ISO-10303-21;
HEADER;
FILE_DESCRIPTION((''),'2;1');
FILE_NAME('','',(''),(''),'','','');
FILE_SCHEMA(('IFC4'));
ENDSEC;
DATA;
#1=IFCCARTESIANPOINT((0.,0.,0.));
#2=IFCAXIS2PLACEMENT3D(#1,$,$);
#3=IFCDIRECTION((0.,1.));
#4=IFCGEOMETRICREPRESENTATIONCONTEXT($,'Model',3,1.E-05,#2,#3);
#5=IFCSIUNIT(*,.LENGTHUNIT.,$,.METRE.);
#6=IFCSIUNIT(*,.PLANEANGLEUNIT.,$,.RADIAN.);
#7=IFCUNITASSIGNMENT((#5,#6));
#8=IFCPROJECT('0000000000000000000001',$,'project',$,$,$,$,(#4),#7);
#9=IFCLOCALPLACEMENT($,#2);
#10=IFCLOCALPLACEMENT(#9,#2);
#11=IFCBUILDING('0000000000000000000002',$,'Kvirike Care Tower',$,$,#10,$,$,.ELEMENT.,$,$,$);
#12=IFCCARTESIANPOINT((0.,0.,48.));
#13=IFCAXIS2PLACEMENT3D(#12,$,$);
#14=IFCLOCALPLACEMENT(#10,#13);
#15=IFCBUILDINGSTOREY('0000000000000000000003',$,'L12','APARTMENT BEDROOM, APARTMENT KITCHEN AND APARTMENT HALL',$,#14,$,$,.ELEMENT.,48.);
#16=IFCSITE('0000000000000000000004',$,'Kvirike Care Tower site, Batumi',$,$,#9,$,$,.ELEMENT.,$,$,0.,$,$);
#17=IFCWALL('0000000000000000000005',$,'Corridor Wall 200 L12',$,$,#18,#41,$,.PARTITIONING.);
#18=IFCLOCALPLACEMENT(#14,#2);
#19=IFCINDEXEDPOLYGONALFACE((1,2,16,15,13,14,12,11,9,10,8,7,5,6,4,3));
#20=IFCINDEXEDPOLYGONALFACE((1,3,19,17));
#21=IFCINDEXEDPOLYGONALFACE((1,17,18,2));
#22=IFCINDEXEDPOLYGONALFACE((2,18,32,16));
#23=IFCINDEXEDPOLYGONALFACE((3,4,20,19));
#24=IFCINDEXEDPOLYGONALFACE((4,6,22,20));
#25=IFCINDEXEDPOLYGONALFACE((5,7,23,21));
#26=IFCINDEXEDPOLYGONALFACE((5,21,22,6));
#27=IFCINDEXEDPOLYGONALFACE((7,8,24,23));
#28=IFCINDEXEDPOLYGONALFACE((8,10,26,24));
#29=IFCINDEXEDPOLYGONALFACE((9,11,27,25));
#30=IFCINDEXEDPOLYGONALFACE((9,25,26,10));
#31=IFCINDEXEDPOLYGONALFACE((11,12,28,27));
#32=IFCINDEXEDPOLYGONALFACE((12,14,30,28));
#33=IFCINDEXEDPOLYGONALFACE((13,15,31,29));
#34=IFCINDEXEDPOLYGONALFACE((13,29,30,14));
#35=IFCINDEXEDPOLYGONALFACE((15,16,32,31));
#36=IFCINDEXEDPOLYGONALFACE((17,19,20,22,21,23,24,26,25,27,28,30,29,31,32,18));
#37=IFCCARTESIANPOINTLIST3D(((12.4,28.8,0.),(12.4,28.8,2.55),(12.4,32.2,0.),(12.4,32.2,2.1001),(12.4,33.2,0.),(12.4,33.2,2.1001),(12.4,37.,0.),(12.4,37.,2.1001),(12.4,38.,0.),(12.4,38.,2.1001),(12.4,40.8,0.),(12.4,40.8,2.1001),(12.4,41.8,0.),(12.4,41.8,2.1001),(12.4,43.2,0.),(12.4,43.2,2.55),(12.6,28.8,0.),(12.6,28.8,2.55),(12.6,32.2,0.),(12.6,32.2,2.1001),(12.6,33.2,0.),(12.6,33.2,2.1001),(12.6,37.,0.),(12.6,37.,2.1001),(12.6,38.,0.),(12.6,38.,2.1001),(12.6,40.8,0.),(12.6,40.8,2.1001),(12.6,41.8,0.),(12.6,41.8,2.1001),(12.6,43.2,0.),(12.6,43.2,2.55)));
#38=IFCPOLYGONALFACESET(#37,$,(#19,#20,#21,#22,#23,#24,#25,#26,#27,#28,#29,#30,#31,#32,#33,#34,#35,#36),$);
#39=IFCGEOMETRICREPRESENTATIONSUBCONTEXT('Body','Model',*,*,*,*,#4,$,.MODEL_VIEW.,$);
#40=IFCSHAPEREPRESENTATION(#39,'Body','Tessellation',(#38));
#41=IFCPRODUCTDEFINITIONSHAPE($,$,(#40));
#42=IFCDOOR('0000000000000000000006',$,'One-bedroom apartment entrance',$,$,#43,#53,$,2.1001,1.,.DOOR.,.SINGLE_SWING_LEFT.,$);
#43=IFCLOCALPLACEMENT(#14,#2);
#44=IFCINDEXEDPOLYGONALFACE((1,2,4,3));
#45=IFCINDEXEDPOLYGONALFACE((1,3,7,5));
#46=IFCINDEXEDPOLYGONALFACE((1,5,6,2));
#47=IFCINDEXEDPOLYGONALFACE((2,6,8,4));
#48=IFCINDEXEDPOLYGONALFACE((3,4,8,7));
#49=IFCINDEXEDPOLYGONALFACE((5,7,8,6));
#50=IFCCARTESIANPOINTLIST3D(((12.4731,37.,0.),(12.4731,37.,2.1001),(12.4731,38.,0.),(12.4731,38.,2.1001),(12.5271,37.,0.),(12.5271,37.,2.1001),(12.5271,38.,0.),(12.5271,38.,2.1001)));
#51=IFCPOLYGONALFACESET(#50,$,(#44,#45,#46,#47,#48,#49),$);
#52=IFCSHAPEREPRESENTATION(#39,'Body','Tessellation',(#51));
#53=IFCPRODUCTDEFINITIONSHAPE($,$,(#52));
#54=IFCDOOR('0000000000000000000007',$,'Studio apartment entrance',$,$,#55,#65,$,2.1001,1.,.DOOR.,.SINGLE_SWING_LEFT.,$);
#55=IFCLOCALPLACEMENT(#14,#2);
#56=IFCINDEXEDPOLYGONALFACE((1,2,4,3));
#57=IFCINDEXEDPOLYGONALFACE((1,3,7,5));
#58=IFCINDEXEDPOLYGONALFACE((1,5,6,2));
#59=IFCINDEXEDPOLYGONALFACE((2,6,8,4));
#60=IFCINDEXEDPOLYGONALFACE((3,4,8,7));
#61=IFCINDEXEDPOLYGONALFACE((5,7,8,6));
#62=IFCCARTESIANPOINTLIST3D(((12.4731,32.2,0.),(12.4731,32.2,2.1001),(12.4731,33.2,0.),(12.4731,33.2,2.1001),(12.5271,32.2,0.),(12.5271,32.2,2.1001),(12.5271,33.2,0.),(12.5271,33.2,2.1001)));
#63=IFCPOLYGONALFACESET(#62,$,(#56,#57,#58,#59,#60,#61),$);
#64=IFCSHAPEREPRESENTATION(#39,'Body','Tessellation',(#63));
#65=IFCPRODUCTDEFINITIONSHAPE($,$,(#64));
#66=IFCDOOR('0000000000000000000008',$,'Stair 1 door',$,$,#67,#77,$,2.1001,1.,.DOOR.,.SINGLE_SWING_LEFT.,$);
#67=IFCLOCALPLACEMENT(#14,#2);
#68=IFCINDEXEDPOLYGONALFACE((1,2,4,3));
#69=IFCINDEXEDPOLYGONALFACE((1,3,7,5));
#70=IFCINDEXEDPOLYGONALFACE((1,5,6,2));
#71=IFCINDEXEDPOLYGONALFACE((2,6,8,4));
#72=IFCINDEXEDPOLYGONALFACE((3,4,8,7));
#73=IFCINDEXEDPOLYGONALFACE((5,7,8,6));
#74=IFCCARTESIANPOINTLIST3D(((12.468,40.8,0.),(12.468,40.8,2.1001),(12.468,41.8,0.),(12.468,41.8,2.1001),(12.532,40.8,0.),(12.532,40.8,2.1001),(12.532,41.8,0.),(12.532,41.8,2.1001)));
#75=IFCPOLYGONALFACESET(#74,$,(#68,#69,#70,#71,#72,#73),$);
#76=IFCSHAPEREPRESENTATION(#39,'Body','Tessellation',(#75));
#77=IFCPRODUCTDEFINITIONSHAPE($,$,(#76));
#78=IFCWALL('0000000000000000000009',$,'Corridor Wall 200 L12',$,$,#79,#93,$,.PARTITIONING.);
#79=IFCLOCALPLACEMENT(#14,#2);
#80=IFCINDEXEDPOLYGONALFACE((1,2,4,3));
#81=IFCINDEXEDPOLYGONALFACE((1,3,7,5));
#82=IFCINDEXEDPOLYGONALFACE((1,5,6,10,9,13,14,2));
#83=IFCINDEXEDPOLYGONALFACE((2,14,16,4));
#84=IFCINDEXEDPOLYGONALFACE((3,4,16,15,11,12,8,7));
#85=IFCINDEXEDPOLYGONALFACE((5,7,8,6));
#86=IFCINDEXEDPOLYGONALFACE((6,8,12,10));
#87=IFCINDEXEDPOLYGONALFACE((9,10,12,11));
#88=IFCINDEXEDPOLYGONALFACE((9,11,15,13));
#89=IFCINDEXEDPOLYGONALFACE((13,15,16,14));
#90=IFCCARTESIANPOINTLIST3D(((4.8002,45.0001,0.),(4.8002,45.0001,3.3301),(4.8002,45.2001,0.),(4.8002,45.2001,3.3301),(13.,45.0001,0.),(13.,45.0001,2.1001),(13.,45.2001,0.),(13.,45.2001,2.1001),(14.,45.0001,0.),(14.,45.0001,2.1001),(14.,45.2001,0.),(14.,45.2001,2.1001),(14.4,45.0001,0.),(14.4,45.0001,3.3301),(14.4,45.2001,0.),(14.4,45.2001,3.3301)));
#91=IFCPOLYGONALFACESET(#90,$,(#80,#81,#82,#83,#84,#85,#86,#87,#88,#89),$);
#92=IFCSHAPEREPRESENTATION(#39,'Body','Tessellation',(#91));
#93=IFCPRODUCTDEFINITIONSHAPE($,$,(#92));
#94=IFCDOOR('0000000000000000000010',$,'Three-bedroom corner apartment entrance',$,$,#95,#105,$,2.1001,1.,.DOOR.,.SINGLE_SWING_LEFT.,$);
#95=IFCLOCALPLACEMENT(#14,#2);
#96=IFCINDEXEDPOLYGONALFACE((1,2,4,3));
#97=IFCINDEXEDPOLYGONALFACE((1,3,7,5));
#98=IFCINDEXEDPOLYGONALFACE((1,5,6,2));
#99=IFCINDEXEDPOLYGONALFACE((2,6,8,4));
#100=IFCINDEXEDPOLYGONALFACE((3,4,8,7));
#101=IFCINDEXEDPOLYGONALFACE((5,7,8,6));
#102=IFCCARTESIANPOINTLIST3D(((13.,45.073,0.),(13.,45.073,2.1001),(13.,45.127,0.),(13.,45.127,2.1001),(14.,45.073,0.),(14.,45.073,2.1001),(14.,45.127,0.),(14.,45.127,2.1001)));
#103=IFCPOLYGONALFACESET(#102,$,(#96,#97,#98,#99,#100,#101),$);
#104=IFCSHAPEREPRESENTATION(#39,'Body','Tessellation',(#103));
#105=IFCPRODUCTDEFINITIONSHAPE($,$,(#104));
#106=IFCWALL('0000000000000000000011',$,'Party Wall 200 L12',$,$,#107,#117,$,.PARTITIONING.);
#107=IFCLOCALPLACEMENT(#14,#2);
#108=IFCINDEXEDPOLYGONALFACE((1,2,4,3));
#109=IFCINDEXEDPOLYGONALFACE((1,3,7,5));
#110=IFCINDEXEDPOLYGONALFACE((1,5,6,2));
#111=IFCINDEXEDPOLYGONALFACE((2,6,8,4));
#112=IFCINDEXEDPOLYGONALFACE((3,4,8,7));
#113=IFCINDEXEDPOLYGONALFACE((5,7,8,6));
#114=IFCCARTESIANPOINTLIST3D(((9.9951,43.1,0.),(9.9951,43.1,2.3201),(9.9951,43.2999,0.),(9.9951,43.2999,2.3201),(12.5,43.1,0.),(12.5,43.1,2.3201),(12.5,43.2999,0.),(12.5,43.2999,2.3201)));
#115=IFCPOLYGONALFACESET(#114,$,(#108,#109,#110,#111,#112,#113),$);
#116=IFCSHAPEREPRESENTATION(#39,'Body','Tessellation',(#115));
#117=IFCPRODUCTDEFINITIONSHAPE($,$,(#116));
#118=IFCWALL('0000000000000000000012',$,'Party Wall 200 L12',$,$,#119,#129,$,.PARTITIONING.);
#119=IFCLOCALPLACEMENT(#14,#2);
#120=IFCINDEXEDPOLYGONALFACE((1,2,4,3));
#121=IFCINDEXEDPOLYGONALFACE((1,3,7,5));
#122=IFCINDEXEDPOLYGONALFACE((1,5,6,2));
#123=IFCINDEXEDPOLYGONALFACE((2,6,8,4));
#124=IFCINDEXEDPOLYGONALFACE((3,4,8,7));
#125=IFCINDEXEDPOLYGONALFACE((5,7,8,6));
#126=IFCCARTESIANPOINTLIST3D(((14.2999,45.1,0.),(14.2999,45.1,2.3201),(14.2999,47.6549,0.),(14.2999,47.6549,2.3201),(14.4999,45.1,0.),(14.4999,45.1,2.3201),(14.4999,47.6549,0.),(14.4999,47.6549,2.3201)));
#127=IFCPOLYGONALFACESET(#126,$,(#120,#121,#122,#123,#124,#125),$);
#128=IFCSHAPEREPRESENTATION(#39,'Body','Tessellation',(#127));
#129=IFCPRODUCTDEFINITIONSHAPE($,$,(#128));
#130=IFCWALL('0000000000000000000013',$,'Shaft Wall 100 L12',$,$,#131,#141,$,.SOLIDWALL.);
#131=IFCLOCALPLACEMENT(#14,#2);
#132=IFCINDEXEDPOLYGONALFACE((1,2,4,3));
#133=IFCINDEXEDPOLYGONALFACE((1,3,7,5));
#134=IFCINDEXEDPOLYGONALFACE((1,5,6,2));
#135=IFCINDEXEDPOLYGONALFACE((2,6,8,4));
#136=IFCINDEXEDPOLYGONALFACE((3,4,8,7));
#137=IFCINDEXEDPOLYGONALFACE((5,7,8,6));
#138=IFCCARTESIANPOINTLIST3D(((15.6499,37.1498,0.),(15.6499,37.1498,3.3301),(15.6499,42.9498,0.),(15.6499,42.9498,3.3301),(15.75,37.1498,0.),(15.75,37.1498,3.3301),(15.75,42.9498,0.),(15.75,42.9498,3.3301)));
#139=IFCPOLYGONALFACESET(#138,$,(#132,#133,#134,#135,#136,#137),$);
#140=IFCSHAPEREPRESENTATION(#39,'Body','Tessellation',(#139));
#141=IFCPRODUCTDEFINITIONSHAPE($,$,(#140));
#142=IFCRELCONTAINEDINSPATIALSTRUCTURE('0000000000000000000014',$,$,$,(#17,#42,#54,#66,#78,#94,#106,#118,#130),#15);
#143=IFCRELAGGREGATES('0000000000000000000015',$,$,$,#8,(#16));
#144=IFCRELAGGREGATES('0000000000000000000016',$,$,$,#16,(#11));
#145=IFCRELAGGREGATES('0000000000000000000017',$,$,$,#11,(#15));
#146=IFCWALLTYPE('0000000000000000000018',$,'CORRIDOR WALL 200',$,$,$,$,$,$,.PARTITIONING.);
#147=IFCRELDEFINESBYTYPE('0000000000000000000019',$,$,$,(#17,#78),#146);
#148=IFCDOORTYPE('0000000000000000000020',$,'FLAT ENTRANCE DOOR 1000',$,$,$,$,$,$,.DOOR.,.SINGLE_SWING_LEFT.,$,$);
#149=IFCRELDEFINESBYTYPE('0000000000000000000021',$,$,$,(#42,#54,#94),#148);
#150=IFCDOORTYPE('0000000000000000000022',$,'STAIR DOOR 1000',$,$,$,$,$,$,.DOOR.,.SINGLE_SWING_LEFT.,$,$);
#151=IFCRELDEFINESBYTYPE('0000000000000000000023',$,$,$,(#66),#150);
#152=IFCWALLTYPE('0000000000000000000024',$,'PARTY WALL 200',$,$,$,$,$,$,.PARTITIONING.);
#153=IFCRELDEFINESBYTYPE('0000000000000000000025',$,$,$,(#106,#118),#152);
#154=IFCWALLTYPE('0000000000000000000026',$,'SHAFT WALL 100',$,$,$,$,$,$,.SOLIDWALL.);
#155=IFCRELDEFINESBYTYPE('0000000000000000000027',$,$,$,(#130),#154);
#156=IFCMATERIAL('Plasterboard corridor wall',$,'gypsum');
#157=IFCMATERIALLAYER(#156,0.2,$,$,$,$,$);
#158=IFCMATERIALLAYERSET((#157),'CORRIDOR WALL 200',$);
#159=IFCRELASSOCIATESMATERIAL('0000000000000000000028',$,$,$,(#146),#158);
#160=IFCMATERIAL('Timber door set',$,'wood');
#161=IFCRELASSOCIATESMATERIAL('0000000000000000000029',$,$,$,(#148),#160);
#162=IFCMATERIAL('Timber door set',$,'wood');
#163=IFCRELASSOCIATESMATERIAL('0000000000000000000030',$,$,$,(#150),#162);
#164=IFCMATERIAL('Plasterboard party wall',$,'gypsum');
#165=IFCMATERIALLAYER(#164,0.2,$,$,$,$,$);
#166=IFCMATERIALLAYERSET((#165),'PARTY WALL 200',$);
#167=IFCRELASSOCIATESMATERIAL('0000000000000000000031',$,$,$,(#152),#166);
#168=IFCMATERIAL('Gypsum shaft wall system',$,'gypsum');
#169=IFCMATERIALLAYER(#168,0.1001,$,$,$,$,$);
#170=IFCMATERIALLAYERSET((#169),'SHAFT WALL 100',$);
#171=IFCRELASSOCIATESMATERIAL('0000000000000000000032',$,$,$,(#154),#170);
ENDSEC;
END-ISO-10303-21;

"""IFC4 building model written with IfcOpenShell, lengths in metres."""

from ifc_helpers import new_model, si_unit, direction, frame, frame_2d, origin, place, context, subcontext, project, spatial, rectangle, extrude, material, layer, layer_set, type_object, element, fill, save


model = new_model("IFC4")

# Units and contexts
model_context = context("Model", 3, precision=1e-05, world=origin(), true_north=direction((0.0, 1.0)))
body_context = subcontext(model_context, "Body", "Model", "MODEL_VIEW")
ifc_project = project(units=[si_unit("LENGTHUNIT", "METRE"), si_unit("PLANEANGLEUNIT", "RADIAN")], contexts=[model_context])

# Site, building, storey
site_placement = place(None, origin())
site = spatial("IfcSite", under=ifc_project, at=site_placement, Name="Kvirike Care Tower site, Batumi", CompositionType="ELEMENT", RefElevation=0.0)
building_placement = place(site_placement, origin())
building = spatial("IfcBuilding", under=site, at=building_placement, Name="Kvirike Care Tower", CompositionType="ELEMENT")
storey_placement = place(building_placement, frame((0.0, 0.0, 48.0)))
storey = spatial("IfcBuildingStorey", under=building, at=storey_placement, Name="L12", Description="APARTMENT BEDROOM, APARTMENT KITCHEN AND APARTMENT HALL", CompositionType="ELEMENT", Elevation=48.0)

# Wall, openings, doors
ifc_material_1 = material(Name="Plasterboard corridor wall", Category="gypsum")
ifc_layer_1 = layer(ifc_material_1, 0.2)
ifc_layer_set_1 = layer_set([ifc_layer_1], Name="CORRIDOR WALL 200")
wall_type_1 = type_object("IfcWallType", Name="CORRIDOR WALL 200", PredefinedType="PARTITIONING", material=ifc_layer_set_1)
wall_1_placement = place(storey_placement, frame((12.5, 43.2, 0.0), z_axis=(0.0, 0.0, 1.0), x_axis=(0.0, -1.0, 0.0)))
wall_1 = element("IfcWall", 1, at=wall_1_placement, inside=storey, type_object=wall_type_1, Name="Corridor Wall 200 L12", PredefinedType="PARTITIONING", context=body_context, shape_type="SweptSolid", body=[
    extrude(rectangle(XDim=14.3999, YDim=0.2, at=frame_2d((7.2, 0.0))), origin(), (0.0, 0.0, 1.0), 2.55),
])
opening_1_placement = place(wall_1_placement, frame((1.3999, 0.0, 0.0)))
opening_1 = element("IfcOpeningElement", 2, at=opening_1_placement, cuts=wall_1, PredefinedType="OPENING", context=body_context, shape_type="SweptSolid", body=[
    extrude(rectangle(XDim=1.0, YDim=2.1001, at=frame_2d((0.5, 1.05))), frame((0.0, 0.1106, 0.0), z_axis=(0.0, -1.0, 0.0), x_axis=(1.0, 0.0, 0.0)), (0.0, 0.0, 1.0), 0.2209),
])
opening_2_placement = place(wall_1_placement, frame((5.2, 0.0, 0.0)))
opening_2 = element("IfcOpeningElement", 3, at=opening_2_placement, cuts=wall_1, PredefinedType="OPENING", context=body_context, shape_type="SweptSolid", body=[
    extrude(rectangle(XDim=1.0, YDim=2.1001, at=frame_2d((0.5, 1.05))), frame((0.0, 0.1106, 0.0), z_axis=(0.0, -1.0, 0.0), x_axis=(1.0, 0.0, 0.0)), (0.0, 0.0, 1.0), 0.2209),
])
opening_3_placement = place(wall_1_placement, frame((10.0, 0.0, 0.0)))
opening_3 = element("IfcOpeningElement", 4, at=opening_3_placement, cuts=wall_1, PredefinedType="OPENING", context=body_context, shape_type="SweptSolid", body=[
    extrude(rectangle(XDim=1.0, YDim=2.1001, at=frame_2d((0.5, 1.05))), frame((0.0, 0.1106, 0.0), z_axis=(0.0, -1.0, 0.0), x_axis=(1.0, 0.0, 0.0)), (0.0, 0.0, 1.0), 0.2209),
])
ifc_material_2 = material(Name="Timber door set", Category="wood")
door_type_1 = type_object("IfcDoorType", Name="FLAT ENTRANCE DOOR 1000", OperationType="SINGLE_SWING_LEFT", PredefinedType="DOOR", material=ifc_material_2)
door_1_placement = place(opening_2_placement, frame((1.0, 0.0, 0.0), z_axis=(0.0, 0.0, 1.0), x_axis=(-1.0, 0.0, 0.0)))
door_1 = element("IfcDoor", 5, at=door_1_placement, inside=storey, type_object=door_type_1, Name="One-bedroom apartment entrance", OperationType="SINGLE_SWING_LEFT", OverallHeight=2.1001, OverallWidth=1.0, PredefinedType="DOOR", context=body_context, shape_type="SweptSolid", body=[
    extrude(rectangle(XDim=1.0, YDim=2.1001, at=frame_2d((0.5, 1.05))), frame((0.0, 0.0269, 0.0), z_axis=(0.0, -1.0, 0.0), x_axis=(1.0, 0.0, 0.0)), (0.0, 0.0, 1.0), 0.054),
])
fill(opening_2, door_1)
door_2_placement = place(opening_3_placement, frame((1.0, 0.0, 0.0), z_axis=(0.0, 0.0, 1.0), x_axis=(-1.0, 0.0, 0.0)))
door_2 = element("IfcDoor", 6, at=door_2_placement, inside=storey, type_object=door_type_1, Name="Studio apartment entrance", OperationType="SINGLE_SWING_LEFT", OverallHeight=2.1001, OverallWidth=1.0, PredefinedType="DOOR", context=body_context, shape_type="SweptSolid", body=[
    extrude(rectangle(XDim=1.0, YDim=2.1001, at=frame_2d((0.5, 1.05))), frame((0.0, 0.0269, 0.0), z_axis=(0.0, -1.0, 0.0), x_axis=(1.0, 0.0, 0.0)), (0.0, 0.0, 1.0), 0.054),
])
fill(opening_3, door_2)
ifc_material_3 = material(Name="Timber door set", Category="wood")
door_type_2 = type_object("IfcDoorType", Name="STAIR DOOR 1000", OperationType="SINGLE_SWING_LEFT", PredefinedType="DOOR", material=ifc_material_3)
door_3_placement = place(opening_1_placement, frame((1.0, 0.0, 0.0), z_axis=(0.0, 0.0, 1.0), x_axis=(-1.0, 0.0, 0.0)))
door_3 = element("IfcDoor", 7, at=door_3_placement, inside=storey, type_object=door_type_2, Name="Stair 1 door", OperationType="SINGLE_SWING_LEFT", OverallHeight=2.1001, OverallWidth=1.0, PredefinedType="DOOR", context=body_context, shape_type="SweptSolid", body=[
    extrude(rectangle(XDim=1.0, YDim=2.1001, at=frame_2d((0.5, 1.05))), frame((0.0, 0.032, 0.0), z_axis=(0.0, -1.0, 0.0), x_axis=(1.0, 0.0, 0.0)), (0.0, 0.0, 1.0), 0.064),
])
fill(opening_1, door_3)

# Wall, opening, door
wall_2_placement = place(storey_placement, frame((14.3999, 45.1001, 0.0), z_axis=(0.0, 0.0, 1.0), x_axis=(-1.0, 0.0, 0.0)))
wall_2 = element("IfcWall", 8, at=wall_2_placement, inside=storey, type_object=wall_type_1, Name="Corridor Wall 200 L12", PredefinedType="PARTITIONING", context=body_context, shape_type="SweptSolid", body=[
    extrude(rectangle(XDim=9.5999, YDim=0.2, at=frame_2d((4.7998, 0.0))), origin(), (0.0, 0.0, 1.0), 3.3301),
])
opening_4_placement = place(wall_2_placement, frame((0.3999, 0.0, 0.0)))
opening_4 = element("IfcOpeningElement", 9, at=opening_4_placement, cuts=wall_2, PredefinedType="OPENING", context=body_context, shape_type="SweptSolid", body=[
    extrude(rectangle(XDim=1.0, YDim=2.1001, at=frame_2d((0.5, 1.05))), frame((0.0, 0.1106, 0.0), z_axis=(0.0, -1.0, 0.0), x_axis=(1.0, 0.0, 0.0)), (0.0, 0.0, 1.0), 0.2209),
])
door_4_placement = place(opening_4_placement, frame((1.0, 0.0, 0.0), z_axis=(0.0, 0.0, 1.0), x_axis=(-1.0, 0.0, 0.0)))
door_4 = element("IfcDoor", 10, at=door_4_placement, inside=storey, type_object=door_type_1, Name="Three-bedroom corner apartment entrance", OperationType="SINGLE_SWING_LEFT", OverallHeight=2.1001, OverallWidth=1.0, PredefinedType="DOOR", context=body_context, shape_type="SweptSolid", body=[
    extrude(rectangle(XDim=1.0, YDim=2.1001, at=frame_2d((0.5, 1.05))), frame((0.0, 0.0269, 0.0), z_axis=(0.0, -1.0, 0.0), x_axis=(1.0, 0.0, 0.0)), (0.0, 0.0, 1.0), 0.054),
])
fill(opening_4, door_4)

# Walls
ifc_material_4 = material(Name="Plasterboard party wall", Category="gypsum")
ifc_layer_2 = layer(ifc_material_4, 0.2)
ifc_layer_set_2 = layer_set([ifc_layer_2], Name="PARTY WALL 200")
wall_type_2 = type_object("IfcWallType", Name="PARTY WALL 200", PredefinedType="PARTITIONING", material=ifc_layer_set_2)
wall_3_placement = place(storey_placement, frame((12.5, 43.2, 0.0), z_axis=(0.0, 0.0, 1.0), x_axis=(-1.0, 0.0, 0.0)))
element("IfcWall", 11, at=wall_3_placement, inside=storey, type_object=wall_type_2, Name="Party Wall 200 L12", PredefinedType="PARTITIONING", context=body_context, shape_type="SweptSolid", body=[
    extrude(rectangle(XDim=2.5049, YDim=0.2, at=frame_2d((1.2524, 0.0))), origin(), (0.0, 0.0, 1.0), 2.3201),
])
wall_4_placement = place(storey_placement, frame((14.3999, 45.1001, 0.0), z_axis=(0.0, 0.0, 1.0), x_axis=(0.0, 1.0, 0.0)))
element("IfcWall", 12, at=wall_4_placement, inside=storey, type_object=wall_type_2, Name="Party Wall 200 L12", PredefinedType="PARTITIONING", context=body_context, shape_type="SweptSolid", body=[
    extrude(rectangle(XDim=2.5549, YDim=0.2, at=frame_2d((1.2773, 0.0))), origin(), (0.0, 0.0, 1.0), 2.3201),
])
ifc_material_5 = material(Name="Gypsum shaft wall system", Category="gypsum")
ifc_layer_3 = layer(ifc_material_5, 0.1001)
ifc_layer_set_3 = layer_set([ifc_layer_3], Name="SHAFT WALL 100")
wall_type_3 = type_object("IfcWallType", Name="SHAFT WALL 100", PredefinedType="SOLIDWALL", material=ifc_layer_set_3)
wall_5_placement = place(storey_placement, frame((15.7, 37.1499, 0.0), z_axis=(0.0, 0.0, 1.0), x_axis=(0.0, 1.0, 0.0)))
element("IfcWall", 13, at=wall_5_placement, inside=storey, type_object=wall_type_3, Name="Shaft Wall 100 L12", PredefinedType="SOLIDWALL", context=body_context, shape_type="SweptSolid", body=[
    extrude(rectangle(XDim=5.8, YDim=0.1001, at=frame_2d((2.8999, 0.0))), origin(), (0.0, 0.0, 1.0), 3.3301),
])

save(model, "model.ifc")
